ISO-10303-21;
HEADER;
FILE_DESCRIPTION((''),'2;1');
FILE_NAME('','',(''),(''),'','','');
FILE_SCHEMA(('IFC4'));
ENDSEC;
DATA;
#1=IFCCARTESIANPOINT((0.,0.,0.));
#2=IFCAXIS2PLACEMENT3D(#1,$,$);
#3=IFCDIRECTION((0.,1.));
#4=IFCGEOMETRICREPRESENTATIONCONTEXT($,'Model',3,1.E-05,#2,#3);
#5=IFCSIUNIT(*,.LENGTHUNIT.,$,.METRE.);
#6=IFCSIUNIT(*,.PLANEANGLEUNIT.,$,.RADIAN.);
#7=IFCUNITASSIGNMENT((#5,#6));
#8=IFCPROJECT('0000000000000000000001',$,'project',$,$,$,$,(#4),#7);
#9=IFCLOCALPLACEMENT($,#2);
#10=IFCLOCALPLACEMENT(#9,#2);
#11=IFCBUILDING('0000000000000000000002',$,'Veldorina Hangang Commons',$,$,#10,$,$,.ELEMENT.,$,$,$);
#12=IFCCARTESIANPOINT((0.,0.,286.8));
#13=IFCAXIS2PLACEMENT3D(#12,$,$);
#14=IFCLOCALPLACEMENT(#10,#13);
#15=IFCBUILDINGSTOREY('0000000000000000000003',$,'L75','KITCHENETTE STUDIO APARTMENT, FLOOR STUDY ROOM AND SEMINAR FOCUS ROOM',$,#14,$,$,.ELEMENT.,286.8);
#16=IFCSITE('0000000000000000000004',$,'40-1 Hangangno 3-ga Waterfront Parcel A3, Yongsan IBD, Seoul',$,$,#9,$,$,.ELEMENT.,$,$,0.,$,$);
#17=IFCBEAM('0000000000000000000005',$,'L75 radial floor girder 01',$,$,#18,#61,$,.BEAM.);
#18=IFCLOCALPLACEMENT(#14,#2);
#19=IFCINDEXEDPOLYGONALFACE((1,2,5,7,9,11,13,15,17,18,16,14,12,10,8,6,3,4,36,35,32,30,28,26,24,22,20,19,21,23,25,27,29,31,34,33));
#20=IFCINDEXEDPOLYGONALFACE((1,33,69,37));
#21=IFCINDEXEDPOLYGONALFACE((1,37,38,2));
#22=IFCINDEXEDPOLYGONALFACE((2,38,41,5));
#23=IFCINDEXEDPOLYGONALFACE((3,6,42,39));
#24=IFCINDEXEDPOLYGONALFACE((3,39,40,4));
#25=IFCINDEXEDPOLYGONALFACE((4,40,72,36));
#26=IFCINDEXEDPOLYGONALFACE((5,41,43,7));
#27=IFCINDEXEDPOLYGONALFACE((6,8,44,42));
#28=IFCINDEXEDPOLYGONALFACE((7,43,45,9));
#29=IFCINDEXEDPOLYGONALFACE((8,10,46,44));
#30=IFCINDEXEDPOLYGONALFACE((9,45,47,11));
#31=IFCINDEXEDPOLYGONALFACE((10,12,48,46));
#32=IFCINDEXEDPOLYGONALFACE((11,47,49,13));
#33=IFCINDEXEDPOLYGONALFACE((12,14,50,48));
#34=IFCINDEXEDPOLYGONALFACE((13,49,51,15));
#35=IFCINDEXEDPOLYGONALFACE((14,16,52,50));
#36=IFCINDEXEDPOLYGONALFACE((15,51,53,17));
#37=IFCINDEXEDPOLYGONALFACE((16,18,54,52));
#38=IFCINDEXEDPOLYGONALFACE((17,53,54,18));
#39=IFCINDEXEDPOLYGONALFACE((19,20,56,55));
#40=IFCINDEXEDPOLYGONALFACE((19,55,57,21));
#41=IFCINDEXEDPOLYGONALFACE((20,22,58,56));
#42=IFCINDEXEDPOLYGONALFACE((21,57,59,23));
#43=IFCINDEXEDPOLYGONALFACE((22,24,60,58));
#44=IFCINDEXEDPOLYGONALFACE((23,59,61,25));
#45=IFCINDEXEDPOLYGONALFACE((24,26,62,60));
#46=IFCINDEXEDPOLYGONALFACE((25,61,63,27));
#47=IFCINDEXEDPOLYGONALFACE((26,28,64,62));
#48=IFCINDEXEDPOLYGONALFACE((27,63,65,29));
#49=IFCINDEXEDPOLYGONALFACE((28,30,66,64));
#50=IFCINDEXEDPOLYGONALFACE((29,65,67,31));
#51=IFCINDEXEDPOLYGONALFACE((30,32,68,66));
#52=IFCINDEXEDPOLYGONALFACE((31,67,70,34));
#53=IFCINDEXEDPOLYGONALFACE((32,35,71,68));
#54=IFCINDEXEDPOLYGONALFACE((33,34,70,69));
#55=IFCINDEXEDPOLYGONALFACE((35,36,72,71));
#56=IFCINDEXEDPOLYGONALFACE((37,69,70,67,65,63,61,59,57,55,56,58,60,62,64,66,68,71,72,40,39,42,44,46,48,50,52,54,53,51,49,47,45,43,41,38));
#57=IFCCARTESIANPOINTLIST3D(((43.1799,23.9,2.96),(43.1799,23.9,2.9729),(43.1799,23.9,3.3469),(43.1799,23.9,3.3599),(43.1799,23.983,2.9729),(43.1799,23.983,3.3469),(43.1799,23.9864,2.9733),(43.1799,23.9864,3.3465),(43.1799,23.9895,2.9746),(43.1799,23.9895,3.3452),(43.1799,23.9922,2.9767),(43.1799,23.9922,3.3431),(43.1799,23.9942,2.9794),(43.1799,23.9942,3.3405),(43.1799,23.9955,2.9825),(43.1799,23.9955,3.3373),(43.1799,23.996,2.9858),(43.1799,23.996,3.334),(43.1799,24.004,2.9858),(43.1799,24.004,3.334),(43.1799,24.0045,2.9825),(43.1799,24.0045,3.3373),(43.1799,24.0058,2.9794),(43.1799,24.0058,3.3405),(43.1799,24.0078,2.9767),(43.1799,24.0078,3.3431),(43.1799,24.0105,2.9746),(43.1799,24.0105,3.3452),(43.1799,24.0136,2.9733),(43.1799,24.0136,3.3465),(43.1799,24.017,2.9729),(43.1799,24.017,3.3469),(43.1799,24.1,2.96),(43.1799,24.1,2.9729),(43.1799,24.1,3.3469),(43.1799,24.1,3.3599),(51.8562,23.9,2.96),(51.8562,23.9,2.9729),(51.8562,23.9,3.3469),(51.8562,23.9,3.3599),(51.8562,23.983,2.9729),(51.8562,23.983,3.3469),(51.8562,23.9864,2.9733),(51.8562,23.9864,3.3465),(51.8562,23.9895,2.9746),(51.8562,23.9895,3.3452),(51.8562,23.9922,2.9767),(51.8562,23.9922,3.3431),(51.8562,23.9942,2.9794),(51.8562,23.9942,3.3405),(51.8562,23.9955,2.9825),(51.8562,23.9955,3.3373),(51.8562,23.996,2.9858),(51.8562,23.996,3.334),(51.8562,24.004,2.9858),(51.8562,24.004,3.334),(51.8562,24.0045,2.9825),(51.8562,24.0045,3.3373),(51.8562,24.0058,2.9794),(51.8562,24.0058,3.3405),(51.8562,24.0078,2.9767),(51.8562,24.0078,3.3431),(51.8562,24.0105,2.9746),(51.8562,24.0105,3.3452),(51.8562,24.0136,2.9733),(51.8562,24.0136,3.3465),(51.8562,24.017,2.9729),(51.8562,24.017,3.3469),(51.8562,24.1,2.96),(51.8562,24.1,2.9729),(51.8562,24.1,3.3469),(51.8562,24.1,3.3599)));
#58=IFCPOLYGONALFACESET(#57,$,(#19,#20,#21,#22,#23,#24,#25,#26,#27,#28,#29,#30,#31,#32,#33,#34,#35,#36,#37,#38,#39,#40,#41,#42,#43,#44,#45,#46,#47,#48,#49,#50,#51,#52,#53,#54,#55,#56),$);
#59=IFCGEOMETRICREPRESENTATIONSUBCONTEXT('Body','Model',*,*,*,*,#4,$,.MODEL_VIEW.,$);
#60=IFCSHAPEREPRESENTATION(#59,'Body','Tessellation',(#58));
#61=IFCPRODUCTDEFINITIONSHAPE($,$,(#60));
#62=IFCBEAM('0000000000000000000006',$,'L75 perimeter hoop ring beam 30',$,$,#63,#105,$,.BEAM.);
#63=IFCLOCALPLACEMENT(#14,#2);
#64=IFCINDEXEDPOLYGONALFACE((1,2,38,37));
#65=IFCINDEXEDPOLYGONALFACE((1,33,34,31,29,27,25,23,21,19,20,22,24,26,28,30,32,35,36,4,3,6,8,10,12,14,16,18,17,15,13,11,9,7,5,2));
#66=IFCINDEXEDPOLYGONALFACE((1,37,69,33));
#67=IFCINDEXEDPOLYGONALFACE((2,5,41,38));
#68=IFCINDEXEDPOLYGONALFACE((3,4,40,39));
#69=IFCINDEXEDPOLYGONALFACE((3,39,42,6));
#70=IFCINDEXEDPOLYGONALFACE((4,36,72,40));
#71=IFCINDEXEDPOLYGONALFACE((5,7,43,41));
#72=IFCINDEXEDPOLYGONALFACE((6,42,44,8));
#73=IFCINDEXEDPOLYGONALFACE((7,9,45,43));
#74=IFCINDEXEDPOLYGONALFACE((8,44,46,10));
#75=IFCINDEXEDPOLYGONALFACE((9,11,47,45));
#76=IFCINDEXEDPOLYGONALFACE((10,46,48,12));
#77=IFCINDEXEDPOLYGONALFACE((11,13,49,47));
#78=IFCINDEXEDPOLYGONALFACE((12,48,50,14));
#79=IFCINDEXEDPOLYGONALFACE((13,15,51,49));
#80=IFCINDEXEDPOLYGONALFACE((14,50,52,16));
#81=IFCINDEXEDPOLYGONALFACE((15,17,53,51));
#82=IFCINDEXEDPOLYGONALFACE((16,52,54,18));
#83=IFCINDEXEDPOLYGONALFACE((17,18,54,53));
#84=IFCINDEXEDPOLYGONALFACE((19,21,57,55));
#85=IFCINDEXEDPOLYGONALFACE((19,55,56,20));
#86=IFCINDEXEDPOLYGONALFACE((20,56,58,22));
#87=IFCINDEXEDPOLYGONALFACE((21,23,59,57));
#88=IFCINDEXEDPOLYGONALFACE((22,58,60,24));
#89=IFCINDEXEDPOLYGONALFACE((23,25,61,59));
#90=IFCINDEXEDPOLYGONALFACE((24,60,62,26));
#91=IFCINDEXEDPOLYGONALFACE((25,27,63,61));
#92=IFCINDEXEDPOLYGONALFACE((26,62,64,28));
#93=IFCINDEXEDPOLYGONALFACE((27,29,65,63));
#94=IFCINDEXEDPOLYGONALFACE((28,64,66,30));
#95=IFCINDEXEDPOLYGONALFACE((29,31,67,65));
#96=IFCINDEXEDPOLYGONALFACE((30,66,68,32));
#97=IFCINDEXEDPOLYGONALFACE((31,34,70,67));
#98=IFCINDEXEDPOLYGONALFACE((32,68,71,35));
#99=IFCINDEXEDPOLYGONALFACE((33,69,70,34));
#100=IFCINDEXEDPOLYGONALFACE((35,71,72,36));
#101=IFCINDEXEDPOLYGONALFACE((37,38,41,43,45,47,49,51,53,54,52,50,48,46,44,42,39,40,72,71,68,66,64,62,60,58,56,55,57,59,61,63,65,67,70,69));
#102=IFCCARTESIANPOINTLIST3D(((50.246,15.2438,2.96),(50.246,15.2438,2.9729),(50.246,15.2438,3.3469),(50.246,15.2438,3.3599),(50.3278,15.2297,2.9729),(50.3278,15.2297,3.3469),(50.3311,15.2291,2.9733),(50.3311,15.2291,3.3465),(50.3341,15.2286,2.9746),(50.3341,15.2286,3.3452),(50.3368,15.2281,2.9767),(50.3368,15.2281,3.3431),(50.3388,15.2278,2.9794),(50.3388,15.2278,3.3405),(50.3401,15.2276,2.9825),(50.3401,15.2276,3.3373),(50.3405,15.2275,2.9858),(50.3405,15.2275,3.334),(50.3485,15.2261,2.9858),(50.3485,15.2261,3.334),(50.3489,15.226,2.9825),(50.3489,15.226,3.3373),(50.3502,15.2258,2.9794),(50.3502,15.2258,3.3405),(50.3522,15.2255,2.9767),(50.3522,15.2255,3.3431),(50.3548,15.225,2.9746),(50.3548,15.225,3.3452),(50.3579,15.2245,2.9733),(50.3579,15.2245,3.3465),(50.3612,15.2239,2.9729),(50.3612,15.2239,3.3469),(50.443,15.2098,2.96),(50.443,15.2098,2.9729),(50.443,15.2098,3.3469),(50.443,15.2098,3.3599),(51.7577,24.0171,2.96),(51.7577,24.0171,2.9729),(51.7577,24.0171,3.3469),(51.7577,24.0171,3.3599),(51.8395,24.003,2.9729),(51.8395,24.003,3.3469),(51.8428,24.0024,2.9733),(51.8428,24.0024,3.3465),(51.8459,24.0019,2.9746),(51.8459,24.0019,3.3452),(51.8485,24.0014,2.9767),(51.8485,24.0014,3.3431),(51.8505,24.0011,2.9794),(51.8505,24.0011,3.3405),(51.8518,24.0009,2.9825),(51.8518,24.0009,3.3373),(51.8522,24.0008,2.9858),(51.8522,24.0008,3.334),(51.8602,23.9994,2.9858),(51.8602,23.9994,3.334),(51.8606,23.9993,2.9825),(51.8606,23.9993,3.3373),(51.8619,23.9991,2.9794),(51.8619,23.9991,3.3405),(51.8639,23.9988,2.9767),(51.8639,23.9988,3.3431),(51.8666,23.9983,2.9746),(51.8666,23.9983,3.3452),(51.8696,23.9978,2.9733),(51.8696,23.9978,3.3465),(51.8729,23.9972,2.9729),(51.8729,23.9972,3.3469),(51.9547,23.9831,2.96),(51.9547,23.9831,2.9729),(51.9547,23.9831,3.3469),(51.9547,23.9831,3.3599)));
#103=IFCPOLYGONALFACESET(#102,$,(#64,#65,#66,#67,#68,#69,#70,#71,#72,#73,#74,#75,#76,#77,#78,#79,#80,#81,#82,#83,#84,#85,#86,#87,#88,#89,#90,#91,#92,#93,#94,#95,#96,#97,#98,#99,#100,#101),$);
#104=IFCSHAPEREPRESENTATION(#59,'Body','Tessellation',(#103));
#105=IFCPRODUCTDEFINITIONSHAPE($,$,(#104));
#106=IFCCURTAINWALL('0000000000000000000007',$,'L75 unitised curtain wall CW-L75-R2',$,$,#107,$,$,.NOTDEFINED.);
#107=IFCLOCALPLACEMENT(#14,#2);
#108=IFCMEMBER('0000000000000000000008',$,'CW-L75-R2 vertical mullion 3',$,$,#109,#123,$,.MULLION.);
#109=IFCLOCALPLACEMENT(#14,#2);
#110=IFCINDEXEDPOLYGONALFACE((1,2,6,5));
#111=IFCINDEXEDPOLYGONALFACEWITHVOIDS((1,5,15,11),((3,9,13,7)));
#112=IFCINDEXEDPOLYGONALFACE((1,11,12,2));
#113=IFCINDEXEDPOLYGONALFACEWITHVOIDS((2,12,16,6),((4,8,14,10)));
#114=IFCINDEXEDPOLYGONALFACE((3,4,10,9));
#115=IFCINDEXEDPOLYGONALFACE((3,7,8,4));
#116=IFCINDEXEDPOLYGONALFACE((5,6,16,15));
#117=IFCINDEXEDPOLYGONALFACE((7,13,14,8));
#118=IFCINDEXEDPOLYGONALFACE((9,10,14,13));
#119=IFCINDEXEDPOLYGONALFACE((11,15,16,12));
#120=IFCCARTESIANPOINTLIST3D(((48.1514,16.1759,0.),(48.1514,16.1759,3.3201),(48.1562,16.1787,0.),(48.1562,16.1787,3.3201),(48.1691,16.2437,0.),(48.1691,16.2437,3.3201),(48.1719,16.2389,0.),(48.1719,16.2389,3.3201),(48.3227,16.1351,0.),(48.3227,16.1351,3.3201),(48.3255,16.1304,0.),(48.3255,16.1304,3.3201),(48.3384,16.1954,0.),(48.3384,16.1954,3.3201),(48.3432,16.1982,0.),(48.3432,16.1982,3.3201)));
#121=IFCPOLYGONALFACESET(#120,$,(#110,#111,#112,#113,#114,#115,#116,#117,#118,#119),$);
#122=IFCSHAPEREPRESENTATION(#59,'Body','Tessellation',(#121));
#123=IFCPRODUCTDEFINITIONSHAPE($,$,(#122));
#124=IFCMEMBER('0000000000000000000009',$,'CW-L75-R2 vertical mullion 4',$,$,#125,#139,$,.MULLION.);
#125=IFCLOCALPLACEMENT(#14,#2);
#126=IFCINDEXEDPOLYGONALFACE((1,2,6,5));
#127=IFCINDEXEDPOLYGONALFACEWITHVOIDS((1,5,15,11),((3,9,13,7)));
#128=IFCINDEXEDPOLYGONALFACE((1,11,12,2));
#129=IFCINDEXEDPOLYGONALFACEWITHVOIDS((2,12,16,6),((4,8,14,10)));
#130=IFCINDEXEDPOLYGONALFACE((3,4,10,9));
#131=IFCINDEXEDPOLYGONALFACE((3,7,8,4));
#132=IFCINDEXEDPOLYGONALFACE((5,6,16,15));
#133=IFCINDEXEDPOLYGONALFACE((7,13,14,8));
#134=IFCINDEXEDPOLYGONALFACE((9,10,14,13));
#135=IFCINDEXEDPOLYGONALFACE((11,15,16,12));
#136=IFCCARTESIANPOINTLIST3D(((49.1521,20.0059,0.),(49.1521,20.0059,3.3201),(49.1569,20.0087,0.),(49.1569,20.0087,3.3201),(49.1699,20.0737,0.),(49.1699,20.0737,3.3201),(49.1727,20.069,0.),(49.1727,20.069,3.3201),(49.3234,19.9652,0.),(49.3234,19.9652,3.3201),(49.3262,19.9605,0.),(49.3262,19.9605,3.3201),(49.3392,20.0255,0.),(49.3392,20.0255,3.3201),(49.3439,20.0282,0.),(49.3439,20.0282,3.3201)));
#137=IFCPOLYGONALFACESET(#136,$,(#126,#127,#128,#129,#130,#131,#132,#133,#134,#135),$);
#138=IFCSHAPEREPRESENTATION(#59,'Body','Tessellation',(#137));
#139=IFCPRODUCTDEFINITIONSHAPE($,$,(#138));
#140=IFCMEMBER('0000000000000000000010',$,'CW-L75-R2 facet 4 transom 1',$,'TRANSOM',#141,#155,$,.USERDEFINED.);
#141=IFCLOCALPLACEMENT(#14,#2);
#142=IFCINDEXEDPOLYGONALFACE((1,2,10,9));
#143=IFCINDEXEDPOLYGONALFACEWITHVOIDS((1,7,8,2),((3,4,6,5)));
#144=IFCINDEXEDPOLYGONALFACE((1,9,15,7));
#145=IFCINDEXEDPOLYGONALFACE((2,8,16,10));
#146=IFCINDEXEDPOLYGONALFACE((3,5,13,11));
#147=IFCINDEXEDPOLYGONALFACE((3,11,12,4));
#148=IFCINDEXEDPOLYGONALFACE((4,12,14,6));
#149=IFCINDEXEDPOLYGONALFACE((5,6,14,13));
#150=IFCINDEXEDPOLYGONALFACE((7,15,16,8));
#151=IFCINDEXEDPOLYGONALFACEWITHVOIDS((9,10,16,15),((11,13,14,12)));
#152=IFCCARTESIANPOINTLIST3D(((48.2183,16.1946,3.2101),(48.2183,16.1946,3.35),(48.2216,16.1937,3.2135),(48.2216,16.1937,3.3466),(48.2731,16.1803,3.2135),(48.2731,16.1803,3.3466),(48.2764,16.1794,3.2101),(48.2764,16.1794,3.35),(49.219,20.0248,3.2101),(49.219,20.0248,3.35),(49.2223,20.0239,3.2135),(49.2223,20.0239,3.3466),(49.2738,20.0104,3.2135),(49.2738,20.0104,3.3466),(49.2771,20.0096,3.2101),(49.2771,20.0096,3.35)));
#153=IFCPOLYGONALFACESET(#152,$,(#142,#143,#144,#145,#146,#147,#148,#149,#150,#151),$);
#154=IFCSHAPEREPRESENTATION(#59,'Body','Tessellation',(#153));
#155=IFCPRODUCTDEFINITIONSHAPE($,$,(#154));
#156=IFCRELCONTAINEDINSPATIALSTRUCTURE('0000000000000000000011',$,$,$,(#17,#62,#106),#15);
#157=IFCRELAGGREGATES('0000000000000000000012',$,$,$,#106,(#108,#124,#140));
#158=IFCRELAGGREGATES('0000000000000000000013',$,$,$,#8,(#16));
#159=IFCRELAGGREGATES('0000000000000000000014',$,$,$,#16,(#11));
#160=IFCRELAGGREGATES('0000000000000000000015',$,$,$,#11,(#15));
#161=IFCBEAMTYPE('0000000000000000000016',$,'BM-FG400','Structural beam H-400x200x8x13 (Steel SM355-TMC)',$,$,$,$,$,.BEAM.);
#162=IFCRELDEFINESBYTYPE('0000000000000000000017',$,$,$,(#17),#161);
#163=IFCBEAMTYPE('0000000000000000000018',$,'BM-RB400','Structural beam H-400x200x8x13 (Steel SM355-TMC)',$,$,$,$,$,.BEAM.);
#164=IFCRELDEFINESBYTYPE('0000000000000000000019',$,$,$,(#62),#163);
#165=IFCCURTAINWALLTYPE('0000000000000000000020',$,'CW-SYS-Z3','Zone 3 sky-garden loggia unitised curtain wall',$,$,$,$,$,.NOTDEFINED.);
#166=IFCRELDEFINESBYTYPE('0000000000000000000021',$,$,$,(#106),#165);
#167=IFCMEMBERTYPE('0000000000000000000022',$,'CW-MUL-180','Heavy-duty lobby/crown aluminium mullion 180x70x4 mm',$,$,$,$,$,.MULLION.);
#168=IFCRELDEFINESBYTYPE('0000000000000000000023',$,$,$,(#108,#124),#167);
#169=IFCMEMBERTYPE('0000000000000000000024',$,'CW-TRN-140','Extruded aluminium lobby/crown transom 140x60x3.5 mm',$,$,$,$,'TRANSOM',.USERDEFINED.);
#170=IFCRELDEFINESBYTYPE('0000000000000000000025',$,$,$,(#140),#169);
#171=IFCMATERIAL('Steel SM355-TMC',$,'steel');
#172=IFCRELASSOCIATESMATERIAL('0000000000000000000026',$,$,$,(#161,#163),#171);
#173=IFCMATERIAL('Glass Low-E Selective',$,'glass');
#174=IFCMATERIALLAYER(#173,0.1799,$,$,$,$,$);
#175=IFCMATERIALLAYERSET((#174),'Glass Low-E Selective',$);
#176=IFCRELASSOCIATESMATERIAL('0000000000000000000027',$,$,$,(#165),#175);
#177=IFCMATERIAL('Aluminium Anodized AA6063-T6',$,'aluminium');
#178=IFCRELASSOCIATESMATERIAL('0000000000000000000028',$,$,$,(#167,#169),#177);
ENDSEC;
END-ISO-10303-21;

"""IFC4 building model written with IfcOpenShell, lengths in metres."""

from ifc_helpers import new_model, si_unit, direction, frame, origin, origin_2d, place, context, subcontext, project, spatial, hollow_rectangle, i_section, extrude, material, layer, layer_set, material_profile, profile_set, type_object, element, aggregate, save


model = new_model("IFC4")

# Units and contexts
model_context = context("Model", 3, precision=1e-05, world=origin(), true_north=direction((0.0, 1.0)))
body_context = subcontext(model_context, "Body", "Model", "MODEL_VIEW")
ifc_project = project(units=[si_unit("LENGTHUNIT", "METRE"), si_unit("PLANEANGLEUNIT", "RADIAN")], contexts=[model_context])

# Site, building, storey
site_placement = place(None, origin())
site = spatial("IfcSite", under=ifc_project, at=site_placement, Name="40-1 Hangangno 3-ga Waterfront Parcel A3, Yongsan IBD, Seoul", CompositionType="ELEMENT", RefElevation=0.0)
building_placement = place(site_placement, origin())
building = spatial("IfcBuilding", under=site, at=building_placement, Name="Veldorina Hangang Commons", CompositionType="ELEMENT")
storey_placement = place(building_placement, frame((0.0, 0.0, 286.8)))
storey = spatial("IfcBuildingStorey", under=building, at=storey_placement, Name="L75", Description="KITCHENETTE STUDIO APARTMENT, FLOOR STUDY ROOM AND SEMINAR FOCUS ROOM", CompositionType="ELEMENT", Elevation=286.8)

# Beams
ifc_material_1 = material(Name="Steel SM355-TMC", Category="steel")
ifc_material_profile_1 = material_profile(ifc_material_1, i_section(OverallWidth=0.2, OverallDepth=0.3999, WebThickness=0.0081, FlangeThickness=0.0129, FilletRadius=0.0129, at=origin_2d()), Name="H-400x200x8x13")
ifc_profile_set_1 = profile_set([ifc_material_profile_1], Name="Steel SM355-TMC")
beam_type_1 = type_object("IfcBeamType", Name="BM-FG400", Description="Structural beam H-400x200x8x13 (Steel SM355-TMC)", PredefinedType="BEAM", material=ifc_profile_set_1)
beam_1_placement = place(storey_placement, frame((43.1799, 24.0, 3.1599), z_axis=(1.0, 0.0, 0.0), x_axis=(0.0, 1.0, 0.0)))
element("IfcBeam", 1, at=beam_1_placement, inside=storey, type_object=beam_type_1, Name="L75 radial floor girder 01", PredefinedType="BEAM", context=body_context, shape_type="SweptSolid", body=[
    extrude(i_section(OverallWidth=0.2, OverallDepth=0.3999, WebThickness=0.0081, FlangeThickness=0.0129, FilletRadius=0.0129, at=origin_2d()), origin(), (0.0, 0.0, 1.0), 8.6763),
])
ifc_material_profile_2 = material_profile(ifc_material_1, i_section(OverallWidth=0.2, OverallDepth=0.3999, WebThickness=0.0081, FlangeThickness=0.0129, FilletRadius=0.0129, at=origin_2d()), Name="H-400x200x8x13")
ifc_profile_set_2 = profile_set([ifc_material_profile_2], Name="Steel SM355-TMC")
beam_type_2 = type_object("IfcBeamType", Name="BM-RB400", Description="Structural beam H-400x200x8x13 (Steel SM355-TMC)", PredefinedType="BEAM", material=ifc_profile_set_2)
beam_2_placement = place(storey_placement, frame((50.3445, 15.2268, 3.1599), z_axis=(0.169809, 0.985477, 0.0), x_axis=(-0.985477, 0.169809, 0.0)))
element("IfcBeam", 2, at=beam_2_placement, inside=storey, type_object=beam_type_2, Name="L75 perimeter hoop ring beam 30", PredefinedType="BEAM", context=body_context, shape_type="SweptSolid", body=[
    extrude(i_section(OverallWidth=0.2, OverallDepth=0.3999, WebThickness=0.0081, FlangeThickness=0.0129, FilletRadius=0.0129, at=origin_2d()), origin(), (0.0, 0.0, 1.0), 8.9026),
])

# Curtain wall, members
ifc_material_2 = material(Name="Glass Low-E Selective", Category="glass")
ifc_layer_1 = layer(ifc_material_2, 0.1799)
ifc_layer_set_1 = layer_set([ifc_layer_1], Name="Glass Low-E Selective")
curtain_wall_type = type_object("IfcCurtainWallType", Name="CW-SYS-Z3", Description="Zone 3 sky-garden loggia unitised curtain wall", PredefinedType="NOTDEFINED", material=ifc_layer_set_1)
curtain_wall_placement = place(storey_placement, origin())
curtain_wall = element("IfcCurtainWall", 3, at=curtain_wall_placement, inside=storey, type_object=curtain_wall_type, Name="L75 unitised curtain wall CW-L75-R2", PredefinedType="NOTDEFINED")
ifc_material_3 = material(Name="Aluminium Anodized AA6063-T6", Category="aluminium")
ifc_material_profile_3 = material_profile(ifc_material_3, hollow_rectangle(XDim=0.0701, YDim=0.1799, WallThickness=0.0039, at=origin_2d()), Name="ALU-RHS-180x70x4")
ifc_profile_set_3 = profile_set([ifc_material_profile_3], Name="Aluminium Anodized AA6063-T6")
member_type_1 = type_object("IfcMemberType", Name="CW-MUL-180", Description="Heavy-duty lobby/crown aluminium mullion 180x70x4 mm", PredefinedType="MULLION", material=ifc_profile_set_3)
member_1_placement = place(storey_placement, frame((48.2473, 16.187, 0.0), z_axis=(0.0, 0.0, 1.0), x_axis=(0.252796, 0.96752, 0.0)))
member_1 = element("IfcMember", 4, at=member_1_placement, type_object=member_type_1, Name="CW-L75-R2 vertical mullion 3", PredefinedType="MULLION", context=body_context, shape_type="SweptSolid", body=[
    extrude(hollow_rectangle(XDim=0.0701, YDim=0.1799, WallThickness=0.0039, at=origin_2d()), origin(), (0.0, 0.0, 1.0), 3.3201),
])
member_2_placement = place(storey_placement, frame((49.248, 20.0171, 0.0), z_axis=(0.0, 0.0, 1.0), x_axis=(-0.252796, -0.96752, 0.0)))
member_2 = element("IfcMember", 5, at=member_2_placement, type_object=member_type_1, Name="CW-L75-R2 vertical mullion 4", PredefinedType="MULLION", context=body_context, shape_type="SweptSolid", body=[
    extrude(hollow_rectangle(XDim=0.0701, YDim=0.1799, WallThickness=0.0039, at=origin_2d()), origin(), (0.0, 0.0, 1.0), 3.3201),
])
ifc_material_profile_4 = material_profile(ifc_material_3, hollow_rectangle(XDim=0.0601, YDim=0.1399, WallThickness=0.0034, at=origin_2d()), Name="ALU-RHS-140x60x3.5")
ifc_profile_set_4 = profile_set([ifc_material_profile_4], Name="Aluminium Anodized AA6063-T6")
member_type_2 = type_object("IfcMemberType", Name="CW-TRN-140", Description="Extruded aluminium lobby/crown transom 140x60x3.5 mm", ElementType="TRANSOM", PredefinedType="USERDEFINED", material=ifc_profile_set_4)
member_3_placement = place(storey_placement, frame((48.2473, 16.187, 3.28), z_axis=(0.252796, 0.96752, 0.0), x_axis=(-0.96752, 0.252796, 0.0)))
member_3 = element("IfcMember", 6, at=member_3_placement, type_object=member_type_2, Name="CW-L75-R2 facet 4 transom 1", ObjectType="TRANSOM", PredefinedType="USERDEFINED", context=body_context, shape_type="SweptSolid", body=[
    extrude(hollow_rectangle(XDim=0.0601, YDim=0.1399, WallThickness=0.0034, at=origin_2d()), origin(), (0.0, 0.0, 1.0), 3.9587),
])

aggregate(curtain_wall, [member_1, member_2, member_3])

save(model, "model.ifc")
